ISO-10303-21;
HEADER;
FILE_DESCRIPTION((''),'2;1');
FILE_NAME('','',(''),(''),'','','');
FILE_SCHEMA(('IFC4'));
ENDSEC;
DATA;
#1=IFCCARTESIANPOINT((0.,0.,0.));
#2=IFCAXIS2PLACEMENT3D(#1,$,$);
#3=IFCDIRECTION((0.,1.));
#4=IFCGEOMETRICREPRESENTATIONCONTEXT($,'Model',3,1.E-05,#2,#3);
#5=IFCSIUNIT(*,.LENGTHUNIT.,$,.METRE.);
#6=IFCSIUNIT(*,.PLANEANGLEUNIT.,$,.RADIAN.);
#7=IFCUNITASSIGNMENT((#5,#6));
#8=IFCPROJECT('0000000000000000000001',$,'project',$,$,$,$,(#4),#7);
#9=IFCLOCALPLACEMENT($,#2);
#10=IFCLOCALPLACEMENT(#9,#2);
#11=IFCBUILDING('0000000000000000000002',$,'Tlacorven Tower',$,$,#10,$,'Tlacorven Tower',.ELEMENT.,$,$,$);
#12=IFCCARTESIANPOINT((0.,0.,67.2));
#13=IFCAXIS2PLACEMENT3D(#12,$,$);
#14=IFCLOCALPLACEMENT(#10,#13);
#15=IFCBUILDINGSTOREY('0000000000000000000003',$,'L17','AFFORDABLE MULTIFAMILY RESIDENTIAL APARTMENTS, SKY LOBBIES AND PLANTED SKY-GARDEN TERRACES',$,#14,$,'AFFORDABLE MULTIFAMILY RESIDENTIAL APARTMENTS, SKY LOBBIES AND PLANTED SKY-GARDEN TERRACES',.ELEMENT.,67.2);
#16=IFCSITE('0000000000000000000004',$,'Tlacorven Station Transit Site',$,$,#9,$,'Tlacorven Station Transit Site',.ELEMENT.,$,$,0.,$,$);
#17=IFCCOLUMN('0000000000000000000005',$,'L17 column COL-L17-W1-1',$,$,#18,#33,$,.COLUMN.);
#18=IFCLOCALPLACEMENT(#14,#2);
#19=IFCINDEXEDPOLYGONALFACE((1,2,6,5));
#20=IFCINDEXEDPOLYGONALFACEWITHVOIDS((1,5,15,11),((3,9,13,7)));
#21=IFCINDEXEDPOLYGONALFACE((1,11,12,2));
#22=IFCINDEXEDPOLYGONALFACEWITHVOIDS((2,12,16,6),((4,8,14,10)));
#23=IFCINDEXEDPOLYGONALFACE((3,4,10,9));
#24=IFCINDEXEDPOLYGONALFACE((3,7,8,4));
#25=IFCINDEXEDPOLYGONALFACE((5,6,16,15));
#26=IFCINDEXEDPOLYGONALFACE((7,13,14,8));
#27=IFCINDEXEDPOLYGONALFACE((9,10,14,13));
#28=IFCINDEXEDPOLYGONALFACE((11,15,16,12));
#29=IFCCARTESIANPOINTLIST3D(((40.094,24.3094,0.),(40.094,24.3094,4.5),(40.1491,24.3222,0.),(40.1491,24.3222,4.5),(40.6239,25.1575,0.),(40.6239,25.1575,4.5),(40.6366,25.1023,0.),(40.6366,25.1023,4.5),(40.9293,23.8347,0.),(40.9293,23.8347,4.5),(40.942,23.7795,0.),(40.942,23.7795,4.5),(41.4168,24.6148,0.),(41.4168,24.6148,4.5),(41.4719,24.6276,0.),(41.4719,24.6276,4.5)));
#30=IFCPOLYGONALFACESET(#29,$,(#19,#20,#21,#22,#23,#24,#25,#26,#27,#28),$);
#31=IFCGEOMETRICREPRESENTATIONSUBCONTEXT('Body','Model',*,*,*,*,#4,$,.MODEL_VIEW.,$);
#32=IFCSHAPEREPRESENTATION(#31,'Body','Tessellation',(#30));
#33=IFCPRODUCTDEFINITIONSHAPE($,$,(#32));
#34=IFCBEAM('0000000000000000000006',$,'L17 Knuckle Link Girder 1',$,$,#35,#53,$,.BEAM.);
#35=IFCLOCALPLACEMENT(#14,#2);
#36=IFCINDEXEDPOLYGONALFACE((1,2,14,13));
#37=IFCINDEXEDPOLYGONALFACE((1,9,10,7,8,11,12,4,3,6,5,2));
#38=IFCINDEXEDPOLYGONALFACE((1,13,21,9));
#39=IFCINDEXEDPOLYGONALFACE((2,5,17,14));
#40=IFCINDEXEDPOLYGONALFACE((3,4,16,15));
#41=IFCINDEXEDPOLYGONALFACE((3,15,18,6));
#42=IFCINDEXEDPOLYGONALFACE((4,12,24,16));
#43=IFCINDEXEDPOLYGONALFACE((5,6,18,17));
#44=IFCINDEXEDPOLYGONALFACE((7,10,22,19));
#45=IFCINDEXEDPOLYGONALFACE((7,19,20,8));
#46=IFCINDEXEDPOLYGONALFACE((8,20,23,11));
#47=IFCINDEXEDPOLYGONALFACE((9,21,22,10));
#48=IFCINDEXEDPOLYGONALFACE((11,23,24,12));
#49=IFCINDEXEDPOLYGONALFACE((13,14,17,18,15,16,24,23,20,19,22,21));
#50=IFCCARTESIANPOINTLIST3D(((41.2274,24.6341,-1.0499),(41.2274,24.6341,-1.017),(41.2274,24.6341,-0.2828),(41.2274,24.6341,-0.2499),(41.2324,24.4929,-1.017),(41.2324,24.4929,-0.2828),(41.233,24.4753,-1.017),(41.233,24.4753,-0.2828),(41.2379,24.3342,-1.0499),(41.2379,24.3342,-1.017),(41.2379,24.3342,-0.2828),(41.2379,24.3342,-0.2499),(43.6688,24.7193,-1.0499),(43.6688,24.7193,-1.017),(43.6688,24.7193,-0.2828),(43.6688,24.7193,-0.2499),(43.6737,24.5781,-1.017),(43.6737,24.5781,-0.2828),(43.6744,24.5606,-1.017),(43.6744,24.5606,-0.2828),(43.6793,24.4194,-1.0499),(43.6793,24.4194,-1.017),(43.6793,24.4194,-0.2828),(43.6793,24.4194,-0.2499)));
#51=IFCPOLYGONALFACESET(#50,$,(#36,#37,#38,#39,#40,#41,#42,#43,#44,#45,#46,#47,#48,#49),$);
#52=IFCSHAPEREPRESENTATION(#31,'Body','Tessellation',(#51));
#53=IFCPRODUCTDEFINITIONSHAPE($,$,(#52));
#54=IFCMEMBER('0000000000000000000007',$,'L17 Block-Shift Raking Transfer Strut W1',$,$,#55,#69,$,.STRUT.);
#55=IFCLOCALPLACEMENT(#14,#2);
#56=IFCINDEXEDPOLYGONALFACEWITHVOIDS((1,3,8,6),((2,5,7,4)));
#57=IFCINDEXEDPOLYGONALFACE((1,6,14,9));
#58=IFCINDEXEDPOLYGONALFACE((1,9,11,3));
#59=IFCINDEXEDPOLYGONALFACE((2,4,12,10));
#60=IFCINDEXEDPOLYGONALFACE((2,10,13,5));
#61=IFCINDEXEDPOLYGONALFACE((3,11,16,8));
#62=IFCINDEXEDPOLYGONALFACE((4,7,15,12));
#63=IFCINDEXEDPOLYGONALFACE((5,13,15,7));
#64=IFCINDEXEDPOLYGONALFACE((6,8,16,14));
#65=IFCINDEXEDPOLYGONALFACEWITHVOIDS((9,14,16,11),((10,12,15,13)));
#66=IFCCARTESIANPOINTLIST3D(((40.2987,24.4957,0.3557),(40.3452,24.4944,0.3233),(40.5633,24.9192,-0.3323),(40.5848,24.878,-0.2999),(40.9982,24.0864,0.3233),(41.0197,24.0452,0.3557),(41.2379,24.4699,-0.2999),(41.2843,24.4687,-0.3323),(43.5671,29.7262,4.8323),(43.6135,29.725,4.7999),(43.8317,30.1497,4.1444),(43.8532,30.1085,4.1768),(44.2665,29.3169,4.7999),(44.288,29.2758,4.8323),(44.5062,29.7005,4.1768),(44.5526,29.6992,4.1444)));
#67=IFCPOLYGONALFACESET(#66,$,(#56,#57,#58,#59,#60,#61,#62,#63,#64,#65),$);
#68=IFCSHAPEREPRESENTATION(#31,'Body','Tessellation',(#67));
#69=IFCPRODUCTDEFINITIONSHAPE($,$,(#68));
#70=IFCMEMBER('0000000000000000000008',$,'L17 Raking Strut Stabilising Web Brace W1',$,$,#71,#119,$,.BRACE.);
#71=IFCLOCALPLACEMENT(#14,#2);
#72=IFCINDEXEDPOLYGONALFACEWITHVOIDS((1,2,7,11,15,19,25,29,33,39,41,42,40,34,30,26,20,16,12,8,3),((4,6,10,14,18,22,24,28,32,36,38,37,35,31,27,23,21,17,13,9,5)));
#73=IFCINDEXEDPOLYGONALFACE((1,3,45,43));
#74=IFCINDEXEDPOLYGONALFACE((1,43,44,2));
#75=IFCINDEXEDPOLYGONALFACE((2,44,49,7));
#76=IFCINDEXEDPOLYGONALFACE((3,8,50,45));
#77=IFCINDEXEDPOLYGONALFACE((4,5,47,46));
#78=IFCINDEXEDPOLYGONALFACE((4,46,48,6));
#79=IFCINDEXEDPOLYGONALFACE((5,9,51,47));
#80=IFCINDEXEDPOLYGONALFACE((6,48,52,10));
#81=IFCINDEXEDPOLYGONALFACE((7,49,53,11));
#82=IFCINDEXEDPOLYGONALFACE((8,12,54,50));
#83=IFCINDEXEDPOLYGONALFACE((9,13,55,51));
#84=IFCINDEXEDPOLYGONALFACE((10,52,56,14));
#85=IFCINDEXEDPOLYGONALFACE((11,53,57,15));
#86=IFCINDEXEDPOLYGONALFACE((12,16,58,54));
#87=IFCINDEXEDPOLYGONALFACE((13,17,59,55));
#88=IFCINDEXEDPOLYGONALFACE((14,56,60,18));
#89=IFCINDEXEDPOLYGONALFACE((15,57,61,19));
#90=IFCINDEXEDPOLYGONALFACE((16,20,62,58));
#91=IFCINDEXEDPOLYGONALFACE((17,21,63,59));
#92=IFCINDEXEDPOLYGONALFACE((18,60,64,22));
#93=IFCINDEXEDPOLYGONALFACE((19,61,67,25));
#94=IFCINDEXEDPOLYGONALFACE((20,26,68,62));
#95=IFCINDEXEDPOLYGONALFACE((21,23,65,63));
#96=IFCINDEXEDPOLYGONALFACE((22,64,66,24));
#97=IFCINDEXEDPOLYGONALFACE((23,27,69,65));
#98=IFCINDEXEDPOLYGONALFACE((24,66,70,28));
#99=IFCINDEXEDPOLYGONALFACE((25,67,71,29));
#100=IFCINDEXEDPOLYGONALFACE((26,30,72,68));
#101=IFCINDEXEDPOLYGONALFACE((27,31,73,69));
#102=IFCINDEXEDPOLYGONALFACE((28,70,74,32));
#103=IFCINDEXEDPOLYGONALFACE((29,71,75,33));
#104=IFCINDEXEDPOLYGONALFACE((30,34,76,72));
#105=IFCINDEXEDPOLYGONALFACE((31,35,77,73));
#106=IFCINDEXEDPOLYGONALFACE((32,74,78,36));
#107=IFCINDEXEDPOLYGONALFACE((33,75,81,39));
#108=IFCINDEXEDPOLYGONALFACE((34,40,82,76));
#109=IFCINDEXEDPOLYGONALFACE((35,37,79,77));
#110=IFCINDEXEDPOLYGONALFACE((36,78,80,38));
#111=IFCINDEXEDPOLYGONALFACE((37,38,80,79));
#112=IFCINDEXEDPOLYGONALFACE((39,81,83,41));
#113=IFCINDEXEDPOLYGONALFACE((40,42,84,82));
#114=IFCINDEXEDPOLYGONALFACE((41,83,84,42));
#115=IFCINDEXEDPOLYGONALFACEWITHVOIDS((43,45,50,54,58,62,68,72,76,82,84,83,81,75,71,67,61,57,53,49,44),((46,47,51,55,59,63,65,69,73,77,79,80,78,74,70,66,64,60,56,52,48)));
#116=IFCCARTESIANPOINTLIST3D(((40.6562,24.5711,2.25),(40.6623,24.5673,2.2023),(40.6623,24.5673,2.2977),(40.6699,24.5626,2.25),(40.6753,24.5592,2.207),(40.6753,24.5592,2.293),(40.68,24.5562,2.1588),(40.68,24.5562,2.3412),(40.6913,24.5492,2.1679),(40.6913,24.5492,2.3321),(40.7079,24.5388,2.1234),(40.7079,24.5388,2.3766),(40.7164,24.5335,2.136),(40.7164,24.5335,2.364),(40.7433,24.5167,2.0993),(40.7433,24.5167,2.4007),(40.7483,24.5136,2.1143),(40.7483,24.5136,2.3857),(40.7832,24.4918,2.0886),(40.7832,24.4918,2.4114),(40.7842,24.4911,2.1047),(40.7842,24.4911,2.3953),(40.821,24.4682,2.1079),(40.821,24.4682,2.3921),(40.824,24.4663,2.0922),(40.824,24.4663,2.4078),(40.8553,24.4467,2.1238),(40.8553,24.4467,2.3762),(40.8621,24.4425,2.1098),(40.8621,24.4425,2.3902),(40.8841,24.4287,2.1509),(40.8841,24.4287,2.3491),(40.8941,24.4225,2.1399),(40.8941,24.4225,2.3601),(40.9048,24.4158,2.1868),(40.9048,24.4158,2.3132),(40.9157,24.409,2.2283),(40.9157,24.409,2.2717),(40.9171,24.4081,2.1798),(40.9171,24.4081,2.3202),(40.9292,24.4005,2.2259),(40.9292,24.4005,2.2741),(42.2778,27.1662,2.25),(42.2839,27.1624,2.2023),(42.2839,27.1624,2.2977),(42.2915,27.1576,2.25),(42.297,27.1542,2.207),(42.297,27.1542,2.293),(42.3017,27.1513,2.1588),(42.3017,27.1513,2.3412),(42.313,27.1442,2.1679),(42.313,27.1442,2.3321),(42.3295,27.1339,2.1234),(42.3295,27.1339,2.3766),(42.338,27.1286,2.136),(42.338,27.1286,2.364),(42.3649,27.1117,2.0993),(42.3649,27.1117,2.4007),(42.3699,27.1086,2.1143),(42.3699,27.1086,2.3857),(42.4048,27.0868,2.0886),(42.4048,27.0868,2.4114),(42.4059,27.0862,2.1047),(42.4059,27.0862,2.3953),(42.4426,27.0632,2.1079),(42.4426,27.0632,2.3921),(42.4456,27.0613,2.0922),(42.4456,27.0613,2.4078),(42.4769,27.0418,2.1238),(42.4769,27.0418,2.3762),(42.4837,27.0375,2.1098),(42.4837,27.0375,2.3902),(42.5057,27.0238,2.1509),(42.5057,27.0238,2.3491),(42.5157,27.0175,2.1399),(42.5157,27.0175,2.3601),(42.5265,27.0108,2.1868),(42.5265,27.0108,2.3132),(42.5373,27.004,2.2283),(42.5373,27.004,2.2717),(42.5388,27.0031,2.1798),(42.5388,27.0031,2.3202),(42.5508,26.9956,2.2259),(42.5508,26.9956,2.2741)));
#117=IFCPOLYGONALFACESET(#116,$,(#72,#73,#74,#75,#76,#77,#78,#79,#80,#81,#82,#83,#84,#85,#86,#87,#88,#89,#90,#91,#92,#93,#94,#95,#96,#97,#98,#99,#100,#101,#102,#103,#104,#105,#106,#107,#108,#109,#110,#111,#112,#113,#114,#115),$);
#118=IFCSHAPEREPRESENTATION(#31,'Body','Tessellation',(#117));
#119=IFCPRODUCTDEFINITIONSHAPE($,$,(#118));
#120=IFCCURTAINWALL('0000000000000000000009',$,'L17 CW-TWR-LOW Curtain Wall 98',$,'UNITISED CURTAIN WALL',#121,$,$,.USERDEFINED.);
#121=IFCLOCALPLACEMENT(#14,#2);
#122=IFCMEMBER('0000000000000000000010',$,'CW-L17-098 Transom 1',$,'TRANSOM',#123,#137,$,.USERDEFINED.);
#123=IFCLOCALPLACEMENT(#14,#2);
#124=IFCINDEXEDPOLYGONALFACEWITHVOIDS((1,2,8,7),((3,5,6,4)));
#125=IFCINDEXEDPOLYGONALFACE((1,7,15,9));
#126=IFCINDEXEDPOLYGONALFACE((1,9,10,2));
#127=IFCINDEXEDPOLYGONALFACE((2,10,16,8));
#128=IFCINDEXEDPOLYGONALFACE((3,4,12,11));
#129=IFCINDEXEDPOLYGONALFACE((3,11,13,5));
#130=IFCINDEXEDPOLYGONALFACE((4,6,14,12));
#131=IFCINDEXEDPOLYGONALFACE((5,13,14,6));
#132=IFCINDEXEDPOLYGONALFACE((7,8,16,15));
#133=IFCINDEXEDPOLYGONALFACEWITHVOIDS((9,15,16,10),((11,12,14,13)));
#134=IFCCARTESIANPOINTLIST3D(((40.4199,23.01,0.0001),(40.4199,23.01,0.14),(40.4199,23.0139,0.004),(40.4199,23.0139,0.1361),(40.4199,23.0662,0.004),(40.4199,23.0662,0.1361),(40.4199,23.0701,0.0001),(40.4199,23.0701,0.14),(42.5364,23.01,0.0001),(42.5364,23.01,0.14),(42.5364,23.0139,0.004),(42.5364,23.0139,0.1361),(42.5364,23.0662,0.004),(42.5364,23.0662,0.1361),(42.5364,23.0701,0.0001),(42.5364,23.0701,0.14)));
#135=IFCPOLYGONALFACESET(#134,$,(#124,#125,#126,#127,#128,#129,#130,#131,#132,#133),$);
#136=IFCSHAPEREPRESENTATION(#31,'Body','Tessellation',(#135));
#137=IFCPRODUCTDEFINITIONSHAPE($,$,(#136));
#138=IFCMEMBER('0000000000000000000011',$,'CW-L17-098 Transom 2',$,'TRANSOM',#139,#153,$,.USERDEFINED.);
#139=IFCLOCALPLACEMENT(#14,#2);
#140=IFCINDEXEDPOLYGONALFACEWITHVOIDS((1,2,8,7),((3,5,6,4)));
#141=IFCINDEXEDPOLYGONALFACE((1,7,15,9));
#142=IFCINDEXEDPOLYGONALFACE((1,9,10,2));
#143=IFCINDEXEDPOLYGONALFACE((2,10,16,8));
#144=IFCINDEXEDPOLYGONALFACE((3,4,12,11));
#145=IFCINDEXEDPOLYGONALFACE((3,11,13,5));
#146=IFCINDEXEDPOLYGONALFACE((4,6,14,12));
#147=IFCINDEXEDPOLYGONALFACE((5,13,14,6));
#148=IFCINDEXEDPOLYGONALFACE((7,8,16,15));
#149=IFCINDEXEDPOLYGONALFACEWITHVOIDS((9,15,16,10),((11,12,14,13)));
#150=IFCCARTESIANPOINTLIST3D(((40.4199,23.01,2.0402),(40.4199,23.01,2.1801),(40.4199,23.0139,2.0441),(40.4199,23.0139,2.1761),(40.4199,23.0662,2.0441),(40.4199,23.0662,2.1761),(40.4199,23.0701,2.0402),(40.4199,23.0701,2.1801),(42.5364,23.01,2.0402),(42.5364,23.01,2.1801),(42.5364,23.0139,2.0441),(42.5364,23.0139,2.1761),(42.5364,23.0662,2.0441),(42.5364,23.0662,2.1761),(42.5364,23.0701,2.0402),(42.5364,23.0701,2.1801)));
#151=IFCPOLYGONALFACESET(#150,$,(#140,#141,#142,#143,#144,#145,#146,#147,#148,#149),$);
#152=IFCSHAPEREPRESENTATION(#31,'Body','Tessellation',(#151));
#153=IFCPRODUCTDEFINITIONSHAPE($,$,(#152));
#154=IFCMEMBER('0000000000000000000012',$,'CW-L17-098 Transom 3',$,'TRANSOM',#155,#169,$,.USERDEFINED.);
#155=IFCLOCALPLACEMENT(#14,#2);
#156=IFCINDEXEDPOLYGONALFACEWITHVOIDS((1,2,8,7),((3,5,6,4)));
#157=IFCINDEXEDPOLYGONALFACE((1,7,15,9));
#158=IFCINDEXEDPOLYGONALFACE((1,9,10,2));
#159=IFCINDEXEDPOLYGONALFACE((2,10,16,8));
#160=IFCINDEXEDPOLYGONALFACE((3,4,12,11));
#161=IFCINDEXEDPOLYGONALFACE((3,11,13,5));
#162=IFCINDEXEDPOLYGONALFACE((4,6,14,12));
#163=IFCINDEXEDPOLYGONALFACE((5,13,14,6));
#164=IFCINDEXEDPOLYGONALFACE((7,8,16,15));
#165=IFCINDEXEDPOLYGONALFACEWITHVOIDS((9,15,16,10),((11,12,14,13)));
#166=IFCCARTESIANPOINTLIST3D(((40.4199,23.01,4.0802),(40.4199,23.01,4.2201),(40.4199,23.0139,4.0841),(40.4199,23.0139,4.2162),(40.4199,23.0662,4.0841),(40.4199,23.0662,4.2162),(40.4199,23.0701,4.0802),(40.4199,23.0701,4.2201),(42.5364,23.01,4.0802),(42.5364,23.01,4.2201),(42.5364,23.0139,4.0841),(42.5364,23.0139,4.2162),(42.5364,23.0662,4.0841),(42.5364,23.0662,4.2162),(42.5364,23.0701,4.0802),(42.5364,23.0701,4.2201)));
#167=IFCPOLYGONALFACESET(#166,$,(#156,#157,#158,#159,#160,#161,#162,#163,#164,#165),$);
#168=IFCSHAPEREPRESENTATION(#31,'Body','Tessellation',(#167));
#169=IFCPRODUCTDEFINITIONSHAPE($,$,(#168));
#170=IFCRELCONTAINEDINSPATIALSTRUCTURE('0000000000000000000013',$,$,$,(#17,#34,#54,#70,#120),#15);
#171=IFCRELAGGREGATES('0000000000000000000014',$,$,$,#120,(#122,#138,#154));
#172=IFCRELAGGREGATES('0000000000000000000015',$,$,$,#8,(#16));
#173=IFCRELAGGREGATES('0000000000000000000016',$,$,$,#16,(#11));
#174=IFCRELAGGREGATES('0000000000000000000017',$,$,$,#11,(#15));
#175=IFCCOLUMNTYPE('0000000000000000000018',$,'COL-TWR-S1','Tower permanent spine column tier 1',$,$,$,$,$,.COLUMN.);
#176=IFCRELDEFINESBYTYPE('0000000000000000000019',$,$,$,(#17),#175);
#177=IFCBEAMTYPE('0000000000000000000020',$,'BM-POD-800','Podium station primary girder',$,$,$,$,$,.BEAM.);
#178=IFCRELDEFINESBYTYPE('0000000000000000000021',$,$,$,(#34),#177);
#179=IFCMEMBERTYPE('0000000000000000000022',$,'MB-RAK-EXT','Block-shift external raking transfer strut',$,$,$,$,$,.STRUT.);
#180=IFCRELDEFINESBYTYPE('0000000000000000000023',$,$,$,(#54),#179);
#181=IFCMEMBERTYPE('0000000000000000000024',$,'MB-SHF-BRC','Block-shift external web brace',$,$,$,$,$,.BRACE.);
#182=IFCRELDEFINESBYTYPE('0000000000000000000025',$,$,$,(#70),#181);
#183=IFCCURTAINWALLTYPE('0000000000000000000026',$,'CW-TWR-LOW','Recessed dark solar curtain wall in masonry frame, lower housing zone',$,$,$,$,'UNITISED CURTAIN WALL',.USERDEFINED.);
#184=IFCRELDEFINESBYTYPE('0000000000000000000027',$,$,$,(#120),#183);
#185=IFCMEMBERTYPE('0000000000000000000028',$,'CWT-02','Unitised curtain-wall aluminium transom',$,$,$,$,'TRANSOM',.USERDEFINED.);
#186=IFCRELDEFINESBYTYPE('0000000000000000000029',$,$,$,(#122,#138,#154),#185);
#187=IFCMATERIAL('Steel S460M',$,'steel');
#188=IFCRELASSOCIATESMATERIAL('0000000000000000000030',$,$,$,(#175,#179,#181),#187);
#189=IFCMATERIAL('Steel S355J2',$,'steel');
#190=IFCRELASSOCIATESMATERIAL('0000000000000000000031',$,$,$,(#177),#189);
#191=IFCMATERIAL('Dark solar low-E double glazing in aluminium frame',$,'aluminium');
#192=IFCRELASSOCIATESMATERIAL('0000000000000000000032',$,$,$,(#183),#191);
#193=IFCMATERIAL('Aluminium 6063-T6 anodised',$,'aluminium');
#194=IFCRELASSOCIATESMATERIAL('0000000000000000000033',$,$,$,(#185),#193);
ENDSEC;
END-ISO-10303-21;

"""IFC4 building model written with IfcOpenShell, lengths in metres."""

from ifc_helpers import new_model, si_unit, direction, frame, origin, origin_2d, place, context, subcontext, project, spatial, hollow_rectangle, hollow_circle, i_section, extrude, source, transform, mapped, material, material_profile, profile_set, type_object, element, aggregate, save


model = new_model("IFC4")

# Units and contexts
model_context = context("Model", 3, precision=1e-05, world=origin(), true_north=direction((0.0, 1.0)))
body_context = subcontext(model_context, "Body", "Model", "MODEL_VIEW")
ifc_project = project(units=[si_unit("LENGTHUNIT", "METRE"), si_unit("PLANEANGLEUNIT", "RADIAN")], contexts=[model_context])

# Site, building, storey
site_placement = place(None, origin())
site = spatial("IfcSite", under=ifc_project, at=site_placement, Name="Tlacorven Station Transit Site", LongName="Tlacorven Station Transit Site", CompositionType="ELEMENT", RefElevation=0.0)
building_placement = place(site_placement, origin())
building = spatial("IfcBuilding", under=site, at=building_placement, Name="Tlacorven Tower", LongName="Tlacorven Tower", CompositionType="ELEMENT")
storey_placement = place(building_placement, frame((0.0, 0.0, 67.2)))
storey = spatial("IfcBuildingStorey", under=building, at=storey_placement, Name="L17", Description="AFFORDABLE MULTIFAMILY RESIDENTIAL APARTMENTS, SKY LOBBIES AND PLANTED SKY-GARDEN TERRACES", LongName="AFFORDABLE MULTIFAMILY RESIDENTIAL APARTMENTS, SKY LOBBIES AND PLANTED SKY-GARDEN TERRACES", CompositionType="ELEMENT", Elevation=67.2)

# Column
ifc_material_1 = material(Name="Steel S460M", Category="steel")
ifc_material_profile_1 = material_profile(ifc_material_1, hollow_rectangle(XDim=1.0, YDim=1.0, WallThickness=0.04, at=origin_2d()), Name="BOX 1000X1000X40")
ifc_profile_set_1 = profile_set([ifc_material_profile_1], Name="Steel S460M")
column_type = type_object("IfcColumnType", Name="COL-TWR-S1", Description="Tower permanent spine column tier 1", PredefinedType="COLUMN", material=ifc_profile_set_1)
shared_shape_1 = source(origin(), body_context, "Body", "SweptSolid", [
    extrude(hollow_rectangle(XDim=1.0, YDim=1.0, WallThickness=0.04, at=origin_2d()), origin(), (0.0, 0.0, 1.0), 4.5),
])
column_placement = place(storey_placement, frame((40.783, 24.4685, 0.0), z_axis=(0.0, 0.0, 1.0), x_axis=(-0.848048, 0.529919, 0.0)))
element("IfcColumn", 1, at=column_placement, inside=storey, type_object=column_type, Name="L17 column COL-L17-W1-1", PredefinedType="COLUMN", context=body_context, shape_type="MappedRepresentation", body=[
    mapped(shared_shape_1, transform((0.0, 0.0, 0.0), scale=1.0)),
])

# Beam
ifc_material_2 = material(Name="Steel S355J2", Category="steel")
ifc_material_profile_2 = material_profile(ifc_material_2, i_section(OverallWidth=0.3, OverallDepth=0.8, WebThickness=0.0176, FlangeThickness=0.033, at=origin_2d()), Name="HEB 800")
ifc_profile_set_2 = profile_set([ifc_material_profile_2], Name="Steel S355J2")
beam_type = type_object("IfcBeamType", Name="BM-POD-800", Description="Podium station primary girder", PredefinedType="BEAM", material=ifc_profile_set_2)
shared_shape_2 = source(origin(), body_context, "Body", "SweptSolid", [
    extrude(i_section(OverallWidth=0.3, OverallDepth=0.8, WebThickness=0.0176, FlangeThickness=0.033, at=origin_2d()), origin(), (0.0, 0.0, 1.0), 2.4429),
])
beam_placement = place(storey_placement, frame((41.2327, 24.4841, -0.6499), z_axis=(0.999392, 0.034879, 0.0), x_axis=(-0.034879, 0.999392, 0.0)))
element("IfcBeam", 2, at=beam_placement, inside=storey, type_object=beam_type, Name="L17 Knuckle Link Girder 1", PredefinedType="BEAM", context=body_context, shape_type="MappedRepresentation", body=[
    mapped(shared_shape_2, transform((0.0, 0.0, 0.0), scale=1.0)),
])

# Members
ifc_material_profile_3 = material_profile(ifc_material_1, hollow_rectangle(XDim=0.8501, YDim=0.8501, WallThickness=0.04, at=origin_2d()), Name="BOX 850X850X40")
ifc_profile_set_3 = profile_set([ifc_material_profile_3], Name="Steel S460M")
member_type_1 = type_object("IfcMemberType", Name="MB-RAK-EXT", Description="Block-shift external raking transfer strut", PredefinedType="STRUT", material=ifc_profile_set_3)
shared_shape_3 = source(origin(), body_context, "Body", "SweptSolid", [
    extrude(hollow_rectangle(XDim=0.8501, YDim=0.8501, WallThickness=0.04, at=origin_2d()), origin(), (0.0, 0.0, 1.0), 7.6211),
])
member_1_placement = place(storey_placement, frame((40.7915, 24.4822, 0.0117), z_axis=(0.428857, 0.686325, 0.5874), x_axis=(-0.848052, 0.529914, 0.0)))
element("IfcMember", 3, at=member_1_placement, inside=storey, type_object=member_type_1, Name="L17 Block-Shift Raking Transfer Strut W1", PredefinedType="STRUT", context=body_context, shape_type="MappedRepresentation", body=[
    mapped(shared_shape_3, transform((0.0, 0.0, 0.0), scale=1.0)),
])
ifc_material_profile_4 = material_profile(ifc_material_1, hollow_circle(Radius=0.1619, WallThickness=0.0161, at=origin_2d()), Name="CHS 323.9X16")
ifc_profile_set_4 = profile_set([ifc_material_profile_4], Name="Steel S460M")
member_type_2 = type_object("IfcMemberType", Name="MB-SHF-BRC", Description="Block-shift external web brace", PredefinedType="BRACE", material=ifc_profile_set_4)
shared_shape_4 = source(origin(), body_context, "Body", "SweptSolid", [
    extrude(hollow_circle(Radius=0.1619, WallThickness=0.0161, at=origin_2d()), origin(), (0.0, 0.0, 1.0), 3.0601),
])
member_2_placement = place(storey_placement, frame((40.7935, 24.4854, 2.25), z_axis=(0.529934, 0.848039, 0.0), x_axis=(-0.848039, 0.529934, 0.0)))
element("IfcMember", 4, at=member_2_placement, inside=storey, type_object=member_type_2, Name="L17 Raking Strut Stabilising Web Brace W1", PredefinedType="BRACE", context=body_context, shape_type="MappedRepresentation", body=[
    mapped(shared_shape_4, transform((0.0, 0.0, 0.0), scale=1.0)),
])

# Curtain wall, members
ifc_material_3 = material(Name="Dark solar low-E double glazing in aluminium frame", Category="aluminium")
curtain_wall_type = type_object("IfcCurtainWallType", Name="CW-TWR-LOW", Description="Recessed dark solar curtain wall in masonry frame, lower housing zone", ElementType="UNITISED CURTAIN WALL", PredefinedType="USERDEFINED", material=ifc_material_3)
curtain_wall_placement = place(storey_placement, origin())
curtain_wall = element("IfcCurtainWall", 5, at=curtain_wall_placement, inside=storey, type_object=curtain_wall_type, Name="L17 CW-TWR-LOW Curtain Wall 98", ObjectType="UNITISED CURTAIN WALL", PredefinedType="USERDEFINED")
ifc_material_4 = material(Name="Aluminium 6063-T6 anodised", Category="aluminium")
ifc_material_profile_5 = material_profile(ifc_material_4, hollow_rectangle(XDim=0.0601, YDim=0.1399, WallThickness=0.0039, at=origin_2d()), Name="ALU TRANSOM 60X140")
ifc_profile_set_5 = profile_set([ifc_material_profile_5], Name="Aluminium 6063-T6 anodised")
member_type_3 = type_object("IfcMemberType", Name="CWT-02", Description="Unitised curtain-wall aluminium transom", ElementType="TRANSOM", PredefinedType="USERDEFINED", material=ifc_profile_set_5)
shared_shape_5 = source(origin(), body_context, "Body", "SweptSolid", [
    extrude(hollow_rectangle(XDim=0.0601, YDim=0.1399, WallThickness=0.0039, at=origin_2d()), origin(), (0.0, 0.0, 1.0), 2.1165),
])
member_3_placement = place(storey_placement, frame((40.4199, 23.04, 0.0701), z_axis=(1.0, 0.0, 0.0), x_axis=(0.0, 1.0, 0.0)))
member_3 = element("IfcMember", 6, at=member_3_placement, type_object=member_type_3, Name="CW-L17-098 Transom 1", ObjectType="TRANSOM", PredefinedType="USERDEFINED", context=body_context, shape_type="MappedRepresentation", body=[
    mapped(shared_shape_5, transform((0.0, 0.0, 0.0), scale=1.0)),
])
member_4_placement = place(storey_placement, frame((40.4199, 23.04, 2.1101), z_axis=(1.0, 0.0, 0.0), x_axis=(0.0, 1.0, 0.0)))
member_4 = element("IfcMember", 7, at=member_4_placement, type_object=member_type_3, Name="CW-L17-098 Transom 2", ObjectType="TRANSOM", PredefinedType="USERDEFINED", context=body_context, shape_type="MappedRepresentation", body=[
    mapped(shared_shape_5, transform((0.0, 0.0, 0.0), scale=1.0)),
])
member_5_placement = place(storey_placement, frame((40.4199, 23.04, 4.1501), z_axis=(1.0, 0.0, 0.0), x_axis=(0.0, 1.0, 0.0)))
member_5 = element("IfcMember", 8, at=member_5_placement, type_object=member_type_3, Name="CW-L17-098 Transom 3", ObjectType="TRANSOM", PredefinedType="USERDEFINED", context=body_context, shape_type="MappedRepresentation", body=[
    mapped(shared_shape_5, transform((0.0, 0.0, 0.0), scale=1.0)),
])

aggregate(curtain_wall, [member_3, member_4, member_5])

save(model, "model.ifc")
